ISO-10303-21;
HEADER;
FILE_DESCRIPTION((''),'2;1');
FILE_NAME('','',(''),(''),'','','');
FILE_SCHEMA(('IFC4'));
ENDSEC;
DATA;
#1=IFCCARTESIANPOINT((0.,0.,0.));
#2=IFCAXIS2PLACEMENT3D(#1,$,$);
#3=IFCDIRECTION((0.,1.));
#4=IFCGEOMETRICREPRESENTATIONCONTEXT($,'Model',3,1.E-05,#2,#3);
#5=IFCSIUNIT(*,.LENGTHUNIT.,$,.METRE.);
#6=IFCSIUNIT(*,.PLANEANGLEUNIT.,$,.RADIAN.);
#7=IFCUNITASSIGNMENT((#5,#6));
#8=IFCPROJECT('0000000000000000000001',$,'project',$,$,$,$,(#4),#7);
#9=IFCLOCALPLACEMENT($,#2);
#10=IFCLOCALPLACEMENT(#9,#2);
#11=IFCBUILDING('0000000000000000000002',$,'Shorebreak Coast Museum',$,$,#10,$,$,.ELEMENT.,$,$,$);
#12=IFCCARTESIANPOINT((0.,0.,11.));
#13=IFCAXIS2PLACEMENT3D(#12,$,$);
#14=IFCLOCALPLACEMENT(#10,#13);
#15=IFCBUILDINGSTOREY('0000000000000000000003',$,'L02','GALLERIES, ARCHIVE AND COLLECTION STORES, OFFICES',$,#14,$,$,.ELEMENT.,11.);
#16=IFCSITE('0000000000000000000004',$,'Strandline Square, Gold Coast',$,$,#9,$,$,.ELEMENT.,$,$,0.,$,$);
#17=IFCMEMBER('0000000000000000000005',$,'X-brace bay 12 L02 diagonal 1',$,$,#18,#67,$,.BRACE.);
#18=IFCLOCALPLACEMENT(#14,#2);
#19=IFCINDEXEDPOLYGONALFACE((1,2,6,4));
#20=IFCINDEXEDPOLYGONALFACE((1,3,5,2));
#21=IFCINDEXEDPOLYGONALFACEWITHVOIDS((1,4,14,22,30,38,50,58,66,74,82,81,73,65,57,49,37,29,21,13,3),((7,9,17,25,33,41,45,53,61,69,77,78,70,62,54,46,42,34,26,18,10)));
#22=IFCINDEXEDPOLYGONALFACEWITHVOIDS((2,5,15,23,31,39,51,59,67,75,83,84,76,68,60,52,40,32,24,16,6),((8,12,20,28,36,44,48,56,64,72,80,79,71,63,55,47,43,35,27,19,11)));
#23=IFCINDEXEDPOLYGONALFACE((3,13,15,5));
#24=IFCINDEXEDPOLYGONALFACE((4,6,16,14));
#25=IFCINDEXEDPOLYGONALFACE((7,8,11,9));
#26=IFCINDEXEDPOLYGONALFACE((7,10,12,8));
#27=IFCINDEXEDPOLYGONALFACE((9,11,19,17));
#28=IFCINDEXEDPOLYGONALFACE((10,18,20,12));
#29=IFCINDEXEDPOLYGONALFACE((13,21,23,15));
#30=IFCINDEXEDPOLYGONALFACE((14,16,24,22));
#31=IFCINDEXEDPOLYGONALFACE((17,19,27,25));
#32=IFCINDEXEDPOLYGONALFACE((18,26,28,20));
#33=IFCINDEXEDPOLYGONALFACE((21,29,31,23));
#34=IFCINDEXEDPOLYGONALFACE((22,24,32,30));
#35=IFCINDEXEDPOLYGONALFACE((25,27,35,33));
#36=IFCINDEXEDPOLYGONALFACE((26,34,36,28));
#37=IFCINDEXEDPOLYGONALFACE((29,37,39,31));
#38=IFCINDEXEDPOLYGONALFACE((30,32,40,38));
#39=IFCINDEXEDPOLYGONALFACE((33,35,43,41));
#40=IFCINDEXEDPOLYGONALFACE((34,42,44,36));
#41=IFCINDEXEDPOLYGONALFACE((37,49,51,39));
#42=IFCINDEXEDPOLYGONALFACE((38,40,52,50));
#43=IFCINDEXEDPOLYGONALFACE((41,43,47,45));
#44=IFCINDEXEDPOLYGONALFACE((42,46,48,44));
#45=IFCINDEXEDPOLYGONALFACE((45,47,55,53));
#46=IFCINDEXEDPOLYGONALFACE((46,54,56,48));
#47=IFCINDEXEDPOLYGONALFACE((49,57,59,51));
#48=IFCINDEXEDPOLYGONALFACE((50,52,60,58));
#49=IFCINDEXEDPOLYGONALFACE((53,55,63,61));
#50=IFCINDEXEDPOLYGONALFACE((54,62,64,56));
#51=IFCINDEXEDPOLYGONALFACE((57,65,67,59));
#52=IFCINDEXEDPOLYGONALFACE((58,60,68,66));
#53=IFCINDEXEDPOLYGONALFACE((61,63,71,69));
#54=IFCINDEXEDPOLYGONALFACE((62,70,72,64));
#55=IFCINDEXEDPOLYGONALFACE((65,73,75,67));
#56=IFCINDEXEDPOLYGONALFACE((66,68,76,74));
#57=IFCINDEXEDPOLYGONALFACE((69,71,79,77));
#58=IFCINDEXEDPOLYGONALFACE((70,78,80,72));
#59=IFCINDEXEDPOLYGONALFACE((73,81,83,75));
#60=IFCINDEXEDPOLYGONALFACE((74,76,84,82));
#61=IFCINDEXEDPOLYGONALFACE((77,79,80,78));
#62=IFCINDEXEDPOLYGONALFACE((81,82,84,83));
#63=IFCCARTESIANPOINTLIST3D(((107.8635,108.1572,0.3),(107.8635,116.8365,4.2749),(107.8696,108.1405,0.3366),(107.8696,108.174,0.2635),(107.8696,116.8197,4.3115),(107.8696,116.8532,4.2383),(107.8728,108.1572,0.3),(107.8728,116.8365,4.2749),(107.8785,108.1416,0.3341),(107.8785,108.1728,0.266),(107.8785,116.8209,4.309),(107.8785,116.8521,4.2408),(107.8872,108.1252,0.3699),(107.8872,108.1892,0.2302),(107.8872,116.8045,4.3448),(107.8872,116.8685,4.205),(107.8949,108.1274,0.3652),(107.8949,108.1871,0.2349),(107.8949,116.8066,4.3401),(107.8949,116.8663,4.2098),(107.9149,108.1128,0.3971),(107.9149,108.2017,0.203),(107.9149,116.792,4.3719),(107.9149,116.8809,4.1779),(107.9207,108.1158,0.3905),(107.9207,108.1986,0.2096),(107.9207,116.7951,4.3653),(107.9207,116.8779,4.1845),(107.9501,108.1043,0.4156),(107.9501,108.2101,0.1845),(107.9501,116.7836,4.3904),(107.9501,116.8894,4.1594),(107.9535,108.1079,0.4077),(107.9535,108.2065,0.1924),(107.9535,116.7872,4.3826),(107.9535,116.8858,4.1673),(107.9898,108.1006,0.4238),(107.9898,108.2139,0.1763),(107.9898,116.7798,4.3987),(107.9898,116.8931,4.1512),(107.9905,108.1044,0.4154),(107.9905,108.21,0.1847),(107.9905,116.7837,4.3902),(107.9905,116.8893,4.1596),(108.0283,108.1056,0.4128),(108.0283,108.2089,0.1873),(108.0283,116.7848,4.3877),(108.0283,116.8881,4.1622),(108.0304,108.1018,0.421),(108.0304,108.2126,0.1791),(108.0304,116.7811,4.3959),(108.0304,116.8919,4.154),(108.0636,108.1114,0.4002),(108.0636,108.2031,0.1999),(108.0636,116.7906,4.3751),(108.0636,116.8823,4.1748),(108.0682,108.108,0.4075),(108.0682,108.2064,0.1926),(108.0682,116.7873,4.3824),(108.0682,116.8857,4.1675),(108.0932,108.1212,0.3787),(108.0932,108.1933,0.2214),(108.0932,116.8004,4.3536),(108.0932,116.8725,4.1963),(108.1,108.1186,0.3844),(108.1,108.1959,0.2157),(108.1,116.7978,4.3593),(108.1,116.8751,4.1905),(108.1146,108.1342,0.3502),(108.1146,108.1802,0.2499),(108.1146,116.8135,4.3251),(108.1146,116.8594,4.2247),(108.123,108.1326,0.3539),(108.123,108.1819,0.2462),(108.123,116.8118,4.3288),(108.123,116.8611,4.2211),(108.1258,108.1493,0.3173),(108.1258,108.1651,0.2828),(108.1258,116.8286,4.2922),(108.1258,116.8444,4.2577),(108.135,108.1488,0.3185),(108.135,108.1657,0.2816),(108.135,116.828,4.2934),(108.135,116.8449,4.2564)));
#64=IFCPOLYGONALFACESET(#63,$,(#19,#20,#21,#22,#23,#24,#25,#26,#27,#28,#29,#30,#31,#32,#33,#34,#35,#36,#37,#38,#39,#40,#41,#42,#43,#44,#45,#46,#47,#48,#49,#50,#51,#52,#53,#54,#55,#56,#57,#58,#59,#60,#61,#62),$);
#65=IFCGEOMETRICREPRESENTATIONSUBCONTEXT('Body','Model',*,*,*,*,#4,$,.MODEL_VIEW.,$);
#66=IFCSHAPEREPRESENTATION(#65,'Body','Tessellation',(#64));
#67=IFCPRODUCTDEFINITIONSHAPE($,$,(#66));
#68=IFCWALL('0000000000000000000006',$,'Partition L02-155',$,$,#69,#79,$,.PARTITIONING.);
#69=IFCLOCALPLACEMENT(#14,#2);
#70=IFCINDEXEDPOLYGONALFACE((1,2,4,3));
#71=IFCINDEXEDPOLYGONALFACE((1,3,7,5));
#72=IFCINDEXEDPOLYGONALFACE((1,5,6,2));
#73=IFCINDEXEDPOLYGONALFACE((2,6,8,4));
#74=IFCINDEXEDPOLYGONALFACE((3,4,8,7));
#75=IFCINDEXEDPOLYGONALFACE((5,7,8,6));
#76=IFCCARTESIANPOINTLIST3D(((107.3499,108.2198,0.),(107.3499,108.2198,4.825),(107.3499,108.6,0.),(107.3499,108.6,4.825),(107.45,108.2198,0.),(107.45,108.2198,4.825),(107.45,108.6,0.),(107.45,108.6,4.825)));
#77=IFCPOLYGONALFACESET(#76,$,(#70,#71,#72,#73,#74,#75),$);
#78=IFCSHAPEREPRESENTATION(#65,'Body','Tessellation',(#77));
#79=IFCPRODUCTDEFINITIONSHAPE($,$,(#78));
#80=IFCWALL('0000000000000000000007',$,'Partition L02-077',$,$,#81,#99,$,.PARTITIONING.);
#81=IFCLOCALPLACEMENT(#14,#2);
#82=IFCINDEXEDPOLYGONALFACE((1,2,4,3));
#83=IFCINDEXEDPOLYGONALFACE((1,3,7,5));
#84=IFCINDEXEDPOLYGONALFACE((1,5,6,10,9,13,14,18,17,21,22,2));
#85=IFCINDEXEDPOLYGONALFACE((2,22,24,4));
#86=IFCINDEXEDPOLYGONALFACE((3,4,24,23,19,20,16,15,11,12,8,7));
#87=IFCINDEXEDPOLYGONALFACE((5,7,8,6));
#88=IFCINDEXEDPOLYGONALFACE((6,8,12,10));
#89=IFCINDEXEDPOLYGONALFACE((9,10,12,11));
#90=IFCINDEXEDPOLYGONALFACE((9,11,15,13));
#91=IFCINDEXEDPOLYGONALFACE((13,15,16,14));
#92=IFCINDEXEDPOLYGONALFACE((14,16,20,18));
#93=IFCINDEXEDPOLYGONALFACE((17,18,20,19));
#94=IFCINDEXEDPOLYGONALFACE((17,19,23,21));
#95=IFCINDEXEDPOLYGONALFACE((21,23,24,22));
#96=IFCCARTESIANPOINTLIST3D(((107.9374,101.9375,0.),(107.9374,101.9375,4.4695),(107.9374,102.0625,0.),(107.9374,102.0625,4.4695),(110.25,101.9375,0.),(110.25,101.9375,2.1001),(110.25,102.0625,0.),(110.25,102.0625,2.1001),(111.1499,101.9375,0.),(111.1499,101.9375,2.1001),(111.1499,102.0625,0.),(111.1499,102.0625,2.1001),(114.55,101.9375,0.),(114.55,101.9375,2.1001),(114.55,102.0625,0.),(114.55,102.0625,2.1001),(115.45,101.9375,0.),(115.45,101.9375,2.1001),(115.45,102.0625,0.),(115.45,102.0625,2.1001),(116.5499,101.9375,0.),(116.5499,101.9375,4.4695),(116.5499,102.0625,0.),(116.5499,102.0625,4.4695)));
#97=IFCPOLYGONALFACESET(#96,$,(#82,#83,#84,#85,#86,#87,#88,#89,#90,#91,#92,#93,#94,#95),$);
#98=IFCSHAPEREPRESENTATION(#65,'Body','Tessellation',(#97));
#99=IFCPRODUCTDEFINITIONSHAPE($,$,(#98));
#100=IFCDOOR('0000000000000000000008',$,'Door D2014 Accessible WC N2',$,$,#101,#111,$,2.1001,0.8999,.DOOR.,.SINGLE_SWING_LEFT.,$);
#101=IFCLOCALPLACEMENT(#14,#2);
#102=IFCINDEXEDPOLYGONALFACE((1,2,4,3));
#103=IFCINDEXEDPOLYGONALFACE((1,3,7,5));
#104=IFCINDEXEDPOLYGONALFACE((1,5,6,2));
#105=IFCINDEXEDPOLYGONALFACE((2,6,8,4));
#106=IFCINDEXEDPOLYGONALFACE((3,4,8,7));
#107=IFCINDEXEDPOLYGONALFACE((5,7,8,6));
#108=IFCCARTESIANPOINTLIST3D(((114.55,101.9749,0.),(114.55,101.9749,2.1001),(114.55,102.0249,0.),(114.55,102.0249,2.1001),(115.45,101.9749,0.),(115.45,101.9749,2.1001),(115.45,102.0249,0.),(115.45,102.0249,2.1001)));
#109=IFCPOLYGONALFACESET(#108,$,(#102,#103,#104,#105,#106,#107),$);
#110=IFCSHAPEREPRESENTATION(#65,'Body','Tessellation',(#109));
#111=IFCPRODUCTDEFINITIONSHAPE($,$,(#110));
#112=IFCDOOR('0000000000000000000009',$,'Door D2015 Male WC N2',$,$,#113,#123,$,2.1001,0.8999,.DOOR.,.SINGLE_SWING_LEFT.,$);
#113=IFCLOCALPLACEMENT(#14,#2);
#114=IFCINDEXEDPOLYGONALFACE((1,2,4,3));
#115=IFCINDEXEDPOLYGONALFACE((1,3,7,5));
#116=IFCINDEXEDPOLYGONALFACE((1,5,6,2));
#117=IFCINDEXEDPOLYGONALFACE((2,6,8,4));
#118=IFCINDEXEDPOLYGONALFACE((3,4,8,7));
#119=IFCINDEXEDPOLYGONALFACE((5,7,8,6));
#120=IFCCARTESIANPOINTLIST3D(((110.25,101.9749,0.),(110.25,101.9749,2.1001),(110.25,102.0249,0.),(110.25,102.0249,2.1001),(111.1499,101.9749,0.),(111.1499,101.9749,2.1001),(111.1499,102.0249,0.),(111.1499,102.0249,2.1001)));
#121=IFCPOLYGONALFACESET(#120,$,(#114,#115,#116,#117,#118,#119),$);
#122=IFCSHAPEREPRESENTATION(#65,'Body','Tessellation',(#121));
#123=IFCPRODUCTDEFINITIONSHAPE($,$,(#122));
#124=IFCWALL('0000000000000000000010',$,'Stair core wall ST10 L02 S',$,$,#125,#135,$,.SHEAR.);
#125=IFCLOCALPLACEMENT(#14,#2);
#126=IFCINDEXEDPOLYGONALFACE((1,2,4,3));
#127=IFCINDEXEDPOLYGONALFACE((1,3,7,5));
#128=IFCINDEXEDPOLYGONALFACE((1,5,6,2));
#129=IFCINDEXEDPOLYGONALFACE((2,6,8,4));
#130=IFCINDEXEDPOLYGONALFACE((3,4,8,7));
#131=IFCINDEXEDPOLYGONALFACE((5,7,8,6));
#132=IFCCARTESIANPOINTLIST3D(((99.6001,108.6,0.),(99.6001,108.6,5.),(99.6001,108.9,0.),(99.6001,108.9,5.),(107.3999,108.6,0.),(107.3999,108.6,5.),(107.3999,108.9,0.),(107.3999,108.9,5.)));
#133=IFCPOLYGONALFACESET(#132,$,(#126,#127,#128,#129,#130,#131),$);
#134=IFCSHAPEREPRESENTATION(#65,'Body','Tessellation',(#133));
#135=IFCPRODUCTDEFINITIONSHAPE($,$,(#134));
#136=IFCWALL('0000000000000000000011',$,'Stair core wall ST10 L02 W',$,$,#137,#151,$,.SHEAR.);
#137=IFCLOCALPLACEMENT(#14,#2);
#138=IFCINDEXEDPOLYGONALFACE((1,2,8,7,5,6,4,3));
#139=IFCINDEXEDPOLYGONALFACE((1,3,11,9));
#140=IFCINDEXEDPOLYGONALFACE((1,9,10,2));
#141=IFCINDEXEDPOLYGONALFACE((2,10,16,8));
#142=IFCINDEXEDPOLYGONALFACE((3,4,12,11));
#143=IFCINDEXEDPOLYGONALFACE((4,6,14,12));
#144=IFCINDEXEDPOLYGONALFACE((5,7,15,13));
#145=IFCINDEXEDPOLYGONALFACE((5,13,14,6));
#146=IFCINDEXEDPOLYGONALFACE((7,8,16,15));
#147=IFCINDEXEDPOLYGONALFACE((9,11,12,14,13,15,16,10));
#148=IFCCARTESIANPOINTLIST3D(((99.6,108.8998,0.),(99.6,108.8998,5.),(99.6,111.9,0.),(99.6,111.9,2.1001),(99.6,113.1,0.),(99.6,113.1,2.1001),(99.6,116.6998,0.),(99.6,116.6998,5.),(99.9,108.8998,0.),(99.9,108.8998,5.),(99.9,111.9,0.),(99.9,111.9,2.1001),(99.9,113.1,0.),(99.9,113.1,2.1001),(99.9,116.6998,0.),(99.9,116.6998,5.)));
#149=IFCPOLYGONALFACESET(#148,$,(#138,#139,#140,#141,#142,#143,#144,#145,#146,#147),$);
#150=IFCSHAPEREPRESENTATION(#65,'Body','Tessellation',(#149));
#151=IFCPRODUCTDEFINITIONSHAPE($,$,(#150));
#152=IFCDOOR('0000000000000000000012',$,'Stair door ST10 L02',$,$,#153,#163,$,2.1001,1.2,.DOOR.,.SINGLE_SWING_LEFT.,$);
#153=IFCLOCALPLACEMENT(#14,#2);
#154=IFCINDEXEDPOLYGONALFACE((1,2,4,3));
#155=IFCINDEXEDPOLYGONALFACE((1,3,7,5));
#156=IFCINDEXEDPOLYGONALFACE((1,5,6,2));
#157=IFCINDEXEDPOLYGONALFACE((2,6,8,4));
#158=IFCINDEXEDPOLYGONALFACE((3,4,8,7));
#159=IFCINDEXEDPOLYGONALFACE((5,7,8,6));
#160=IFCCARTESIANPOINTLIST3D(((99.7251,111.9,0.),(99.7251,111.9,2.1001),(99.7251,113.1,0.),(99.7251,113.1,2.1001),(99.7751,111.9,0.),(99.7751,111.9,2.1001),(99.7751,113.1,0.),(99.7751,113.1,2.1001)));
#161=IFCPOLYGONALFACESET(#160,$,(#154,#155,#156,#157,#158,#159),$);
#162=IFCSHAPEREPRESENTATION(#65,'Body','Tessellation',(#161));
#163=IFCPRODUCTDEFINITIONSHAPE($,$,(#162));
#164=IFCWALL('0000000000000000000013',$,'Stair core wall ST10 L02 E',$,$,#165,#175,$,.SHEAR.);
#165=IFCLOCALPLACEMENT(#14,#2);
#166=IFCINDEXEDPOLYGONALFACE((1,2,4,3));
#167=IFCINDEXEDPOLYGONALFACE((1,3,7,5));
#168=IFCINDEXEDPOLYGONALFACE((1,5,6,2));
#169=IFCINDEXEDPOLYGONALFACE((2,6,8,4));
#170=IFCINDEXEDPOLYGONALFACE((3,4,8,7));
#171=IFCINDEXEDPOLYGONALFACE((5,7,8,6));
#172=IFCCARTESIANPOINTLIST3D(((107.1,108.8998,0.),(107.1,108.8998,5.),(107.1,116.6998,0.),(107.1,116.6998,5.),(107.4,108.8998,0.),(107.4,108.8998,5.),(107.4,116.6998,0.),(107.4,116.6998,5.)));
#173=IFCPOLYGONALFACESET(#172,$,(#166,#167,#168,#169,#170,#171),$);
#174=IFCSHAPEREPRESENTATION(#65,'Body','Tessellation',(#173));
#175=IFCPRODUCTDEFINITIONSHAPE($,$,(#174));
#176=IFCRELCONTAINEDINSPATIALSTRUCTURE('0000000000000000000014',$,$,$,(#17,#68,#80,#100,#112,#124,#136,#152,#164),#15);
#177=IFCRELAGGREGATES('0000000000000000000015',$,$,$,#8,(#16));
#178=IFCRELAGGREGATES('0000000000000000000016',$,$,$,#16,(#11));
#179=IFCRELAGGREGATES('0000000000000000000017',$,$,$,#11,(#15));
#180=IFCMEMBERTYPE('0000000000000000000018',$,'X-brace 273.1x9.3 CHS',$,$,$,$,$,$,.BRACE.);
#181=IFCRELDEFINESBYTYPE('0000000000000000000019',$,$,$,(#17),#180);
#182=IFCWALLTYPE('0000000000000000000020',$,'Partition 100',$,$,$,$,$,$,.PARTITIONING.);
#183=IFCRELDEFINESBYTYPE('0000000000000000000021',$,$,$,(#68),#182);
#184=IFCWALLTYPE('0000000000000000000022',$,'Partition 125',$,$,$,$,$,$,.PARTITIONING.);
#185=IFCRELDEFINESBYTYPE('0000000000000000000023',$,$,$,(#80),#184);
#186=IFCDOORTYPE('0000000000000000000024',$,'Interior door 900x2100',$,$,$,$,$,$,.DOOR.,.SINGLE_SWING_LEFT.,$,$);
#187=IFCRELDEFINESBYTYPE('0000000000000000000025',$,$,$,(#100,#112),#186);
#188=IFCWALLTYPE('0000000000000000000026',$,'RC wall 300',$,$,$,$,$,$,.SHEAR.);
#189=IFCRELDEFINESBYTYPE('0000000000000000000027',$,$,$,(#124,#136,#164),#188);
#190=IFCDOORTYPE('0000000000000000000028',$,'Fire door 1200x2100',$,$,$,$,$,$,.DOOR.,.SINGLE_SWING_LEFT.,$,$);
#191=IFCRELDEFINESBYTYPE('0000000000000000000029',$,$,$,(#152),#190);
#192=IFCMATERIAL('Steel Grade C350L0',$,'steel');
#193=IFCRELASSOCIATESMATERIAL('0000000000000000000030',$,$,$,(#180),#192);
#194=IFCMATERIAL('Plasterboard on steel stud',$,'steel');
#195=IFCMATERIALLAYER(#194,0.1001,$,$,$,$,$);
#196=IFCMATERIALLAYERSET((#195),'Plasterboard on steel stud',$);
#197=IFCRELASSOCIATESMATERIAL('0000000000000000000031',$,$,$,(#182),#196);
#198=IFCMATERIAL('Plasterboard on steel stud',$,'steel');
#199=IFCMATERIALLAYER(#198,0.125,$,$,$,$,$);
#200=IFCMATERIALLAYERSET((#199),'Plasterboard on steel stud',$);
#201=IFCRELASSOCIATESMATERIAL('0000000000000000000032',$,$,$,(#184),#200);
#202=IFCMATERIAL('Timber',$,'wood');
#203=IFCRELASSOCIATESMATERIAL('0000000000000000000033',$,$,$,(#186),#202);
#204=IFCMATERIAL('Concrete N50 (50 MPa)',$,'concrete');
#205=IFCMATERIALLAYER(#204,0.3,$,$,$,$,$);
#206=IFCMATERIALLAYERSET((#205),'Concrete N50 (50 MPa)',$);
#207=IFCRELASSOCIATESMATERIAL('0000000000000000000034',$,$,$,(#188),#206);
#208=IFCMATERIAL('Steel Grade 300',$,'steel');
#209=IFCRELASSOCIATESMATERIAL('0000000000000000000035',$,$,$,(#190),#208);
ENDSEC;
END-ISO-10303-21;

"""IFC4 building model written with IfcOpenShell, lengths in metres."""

from ifc_helpers import new_model, si_unit, direction, frame, frame_2d, origin, origin_2d, place, context, subcontext, project, spatial, rectangle, hollow_circle, extrude, material, layer, layer_set, material_profile, profile_set, type_object, element, fill, save


model = new_model("IFC4")

# Units and contexts
model_context = context("Model", 3, precision=1e-05, world=origin(), true_north=direction((0.0, 1.0)))
body_context = subcontext(model_context, "Body", "Model", "MODEL_VIEW")
ifc_project = project(units=[si_unit("LENGTHUNIT", "METRE"), si_unit("PLANEANGLEUNIT", "RADIAN")], contexts=[model_context])

# Site, building, storey
site_placement = place(None, origin())
site = spatial("IfcSite", under=ifc_project, at=site_placement, Name="Strandline Square, Gold Coast", CompositionType="ELEMENT", RefElevation=0.0)
building_placement = place(site_placement, origin())
building = spatial("IfcBuilding", under=site, at=building_placement, Name="Shorebreak Coast Museum", CompositionType="ELEMENT")
storey_placement = place(building_placement, frame((0.0, 0.0, 11.0)))
storey = spatial("IfcBuildingStorey", under=building, at=storey_placement, Name="L02", Description="GALLERIES, ARCHIVE AND COLLECTION STORES, OFFICES", CompositionType="ELEMENT", Elevation=11.0)

# Member
ifc_material_1 = material(Name="Steel Grade C350L0", Category="steel")
ifc_material_profile_1 = material_profile(ifc_material_1, hollow_circle(Radius=0.1365, WallThickness=0.0093, at=origin_2d()), Name="273.1x9.3 CHS")
ifc_profile_set_1 = profile_set([ifc_material_profile_1], Name="Steel Grade C350L0")
member_type = type_object("IfcMemberType", Name="X-brace 273.1x9.3 CHS", PredefinedType="BRACE", material=ifc_profile_set_1)
member_1_placement = place(storey_placement, frame((108.0, 108.1572, 0.3), z_axis=(0.0, 0.909188, 0.416385), x_axis=(-1.0, 0.0, 0.0)))
element("IfcMember", 1, at=member_1_placement, inside=storey, type_object=member_type, Name="X-brace bay 12 L02 diagonal 1", PredefinedType="BRACE", context=body_context, shape_type="SweptSolid", body=[
    extrude(hollow_circle(Radius=0.1365, WallThickness=0.0093, at=origin_2d()), origin(), (0.0, 0.0, 1.0), 9.5461),
])

# Wall
ifc_material_2 = material(Name="Plasterboard on steel stud", Category="steel")
ifc_layer_1 = layer(ifc_material_2, 0.1001)
ifc_layer_set_1 = layer_set([ifc_layer_1], Name="Plasterboard on steel stud")
wall_type_1 = type_object("IfcWallType", Name="Partition 100", PredefinedType="PARTITIONING", material=ifc_layer_set_1)
wall_1_placement = place(storey_placement, frame((107.3999, 108.22, 0.0), z_axis=(0.0, 0.0, 1.0), x_axis=(0.0, 1.0, 0.0)))
element("IfcWall", 2, at=wall_1_placement, inside=storey, type_object=wall_type_1, Name="Partition L02-155", PredefinedType="PARTITIONING", context=body_context, shape_type="SweptSolid", body=[
    extrude(rectangle(XDim=0.3801, YDim=0.1001, at=frame_2d((0.1899, 0.0))), origin(), (0.0, 0.0, 1.0), 4.825),
])

# Wall, openings, doors
ifc_material_3 = material(Name="Plasterboard on steel stud", Category="steel")
ifc_layer_2 = layer(ifc_material_3, 0.125)
ifc_layer_set_2 = layer_set([ifc_layer_2], Name="Plasterboard on steel stud")
wall_type_2 = type_object("IfcWallType", Name="Partition 125", PredefinedType="PARTITIONING", material=ifc_layer_set_2)
wall_2_placement = place(storey_placement, frame((107.9375, 102.0, 0.0), z_axis=(0.0, 0.0, 1.0), x_axis=(1.0, 0.0, 0.0)))
wall_2 = element("IfcWall", 3, at=wall_2_placement, inside=storey, type_object=wall_type_2, Name="Partition L02-077", PredefinedType="PARTITIONING", context=body_context, shape_type="SweptSolid", body=[
    extrude(rectangle(XDim=8.6125, YDim=0.125, at=frame_2d((4.3062, 0.0))), origin(), (0.0, 0.0, 1.0), 4.4695),
])
opening_1_placement = place(wall_2_placement, frame((6.6125, 0.0, 0.0)))
opening_1 = element("IfcOpeningElement", 4, at=opening_1_placement, cuts=wall_2, PredefinedType="OPENING", context=body_context, shape_type="SweptSolid", body=[
    extrude(rectangle(XDim=0.8999, YDim=2.1001, at=frame_2d((0.45, 1.05))), frame((0.0, 0.0725, 0.0), z_axis=(0.0, -1.0, 0.0), x_axis=(1.0, 0.0, 0.0)), (0.0, 0.0, 1.0), 0.145),
])
opening_2_placement = place(wall_2_placement, frame((2.3125, 0.0, 0.0)))
opening_2 = element("IfcOpeningElement", 5, at=opening_2_placement, cuts=wall_2, PredefinedType="OPENING", context=body_context, shape_type="SweptSolid", body=[
    extrude(rectangle(XDim=0.8999, YDim=2.1001, at=frame_2d((0.45, 1.05))), frame((0.0, 0.0725, 0.0), z_axis=(0.0, -1.0, 0.0), x_axis=(1.0, 0.0, 0.0)), (0.0, 0.0, 1.0), 0.145),
])
ifc_material_4 = material(Name="Timber", Category="wood")
door_type_1 = type_object("IfcDoorType", Name="Interior door 900x2100", OperationType="SINGLE_SWING_LEFT", PredefinedType="DOOR", material=ifc_material_4)
door_1_placement = place(opening_1_placement, origin())
door_1 = element("IfcDoor", 6, at=door_1_placement, inside=storey, type_object=door_type_1, Name="Door D2014 Accessible WC N2", OperationType="SINGLE_SWING_LEFT", OverallHeight=2.1001, OverallWidth=0.8999, PredefinedType="DOOR", context=body_context, shape_type="SweptSolid", body=[
    extrude(rectangle(XDim=0.8999, YDim=2.1001, at=frame_2d((0.45, 1.05))), frame((0.0, 0.0249, 0.0), z_axis=(0.0, -1.0, 0.0), x_axis=(1.0, 0.0, 0.0)), (0.0, 0.0, 1.0), 0.05),
])
fill(opening_1, door_1)
door_2_placement = place(opening_2_placement, origin())
door_2 = element("IfcDoor", 7, at=door_2_placement, inside=storey, type_object=door_type_1, Name="Door D2015 Male WC N2", OperationType="SINGLE_SWING_LEFT", OverallHeight=2.1001, OverallWidth=0.8999, PredefinedType="DOOR", context=body_context, shape_type="SweptSolid", body=[
    extrude(rectangle(XDim=0.8999, YDim=2.1001, at=frame_2d((0.45, 1.05))), frame((0.0, 0.0249, 0.0), z_axis=(0.0, -1.0, 0.0), x_axis=(1.0, 0.0, 0.0)), (0.0, 0.0, 1.0), 0.05),
])
fill(opening_2, door_2)

# Wall
ifc_material_5 = material(Name="Concrete N50 (50 MPa)", Category="concrete")
ifc_layer_3 = layer(ifc_material_5, 0.3)
ifc_layer_set_3 = layer_set([ifc_layer_3], Name="Concrete N50 (50 MPa)")
wall_type_3 = type_object("IfcWallType", Name="RC wall 300", PredefinedType="SHEAR", material=ifc_layer_set_3)
wall_3_placement = place(storey_placement, frame((99.6001, 108.75, 0.0), z_axis=(0.0, 0.0, 1.0), x_axis=(1.0, 0.0, 0.0)))
element("IfcWall", 8, at=wall_3_placement, inside=storey, type_object=wall_type_3, Name="Stair core wall ST10 L02 S", PredefinedType="SHEAR", context=body_context, shape_type="SweptSolid", body=[
    extrude(rectangle(XDim=7.7998, YDim=0.3, at=frame_2d((3.8999, 0.0))), origin(), (0.0, 0.0, 1.0), 5.0),
])

# Wall, opening, door
wall_4_placement = place(storey_placement, frame((99.75, 108.8999, 0.0), z_axis=(0.0, 0.0, 1.0), x_axis=(0.0, 1.0, 0.0)))
wall_4 = element("IfcWall", 9, at=wall_4_placement, inside=storey, type_object=wall_type_3, Name="Stair core wall ST10 L02 W", PredefinedType="SHEAR", context=body_context, shape_type="SweptSolid", body=[
    extrude(rectangle(XDim=7.8, YDim=0.3, at=frame_2d((3.8999, 0.0))), origin(), (0.0, 0.0, 1.0), 5.0),
])
opening_3_placement = place(wall_4_placement, frame((3.0, 0.0, 0.0)))
opening_3 = element("IfcOpeningElement", 10, at=opening_3_placement, cuts=wall_4, PredefinedType="OPENING", context=body_context, shape_type="SweptSolid", body=[
    extrude(rectangle(XDim=1.2, YDim=2.1001, at=frame_2d((0.6001, 1.05))), frame((0.0, 0.1599, 0.0), z_axis=(0.0, -1.0, 0.0), x_axis=(1.0, 0.0, 0.0)), (0.0, 0.0, 1.0), 0.3201),
])
ifc_material_6 = material(Name="Steel Grade 300", Category="steel")
door_type_2 = type_object("IfcDoorType", Name="Fire door 1200x2100", OperationType="SINGLE_SWING_LEFT", PredefinedType="DOOR", material=ifc_material_6)
door_3_placement = place(opening_3_placement, origin())
door_3 = element("IfcDoor", 11, at=door_3_placement, inside=storey, type_object=door_type_2, Name="Stair door ST10 L02", OperationType="SINGLE_SWING_LEFT", OverallHeight=2.1001, OverallWidth=1.2, PredefinedType="DOOR", context=body_context, shape_type="SweptSolid", body=[
    extrude(rectangle(XDim=1.2, YDim=2.1001, at=frame_2d((0.6001, 1.05))), frame((0.0, 0.0249, 0.0), z_axis=(0.0, -1.0, 0.0), x_axis=(1.0, 0.0, 0.0)), (0.0, 0.0, 1.0), 0.05),
])
fill(opening_3, door_3)

# Wall
wall_5_placement = place(storey_placement, frame((107.25, 108.8999, 0.0), z_axis=(0.0, 0.0, 1.0), x_axis=(0.0, 1.0, 0.0)))
element("IfcWall", 12, at=wall_5_placement, inside=storey, type_object=wall_type_3, Name="Stair core wall ST10 L02 E", PredefinedType="SHEAR", context=body_context, shape_type="SweptSolid", body=[
    extrude(rectangle(XDim=7.8, YDim=0.3, at=frame_2d((3.8999, 0.0))), origin(), (0.0, 0.0, 1.0), 5.0),
])

save(model, "model.ifc")
